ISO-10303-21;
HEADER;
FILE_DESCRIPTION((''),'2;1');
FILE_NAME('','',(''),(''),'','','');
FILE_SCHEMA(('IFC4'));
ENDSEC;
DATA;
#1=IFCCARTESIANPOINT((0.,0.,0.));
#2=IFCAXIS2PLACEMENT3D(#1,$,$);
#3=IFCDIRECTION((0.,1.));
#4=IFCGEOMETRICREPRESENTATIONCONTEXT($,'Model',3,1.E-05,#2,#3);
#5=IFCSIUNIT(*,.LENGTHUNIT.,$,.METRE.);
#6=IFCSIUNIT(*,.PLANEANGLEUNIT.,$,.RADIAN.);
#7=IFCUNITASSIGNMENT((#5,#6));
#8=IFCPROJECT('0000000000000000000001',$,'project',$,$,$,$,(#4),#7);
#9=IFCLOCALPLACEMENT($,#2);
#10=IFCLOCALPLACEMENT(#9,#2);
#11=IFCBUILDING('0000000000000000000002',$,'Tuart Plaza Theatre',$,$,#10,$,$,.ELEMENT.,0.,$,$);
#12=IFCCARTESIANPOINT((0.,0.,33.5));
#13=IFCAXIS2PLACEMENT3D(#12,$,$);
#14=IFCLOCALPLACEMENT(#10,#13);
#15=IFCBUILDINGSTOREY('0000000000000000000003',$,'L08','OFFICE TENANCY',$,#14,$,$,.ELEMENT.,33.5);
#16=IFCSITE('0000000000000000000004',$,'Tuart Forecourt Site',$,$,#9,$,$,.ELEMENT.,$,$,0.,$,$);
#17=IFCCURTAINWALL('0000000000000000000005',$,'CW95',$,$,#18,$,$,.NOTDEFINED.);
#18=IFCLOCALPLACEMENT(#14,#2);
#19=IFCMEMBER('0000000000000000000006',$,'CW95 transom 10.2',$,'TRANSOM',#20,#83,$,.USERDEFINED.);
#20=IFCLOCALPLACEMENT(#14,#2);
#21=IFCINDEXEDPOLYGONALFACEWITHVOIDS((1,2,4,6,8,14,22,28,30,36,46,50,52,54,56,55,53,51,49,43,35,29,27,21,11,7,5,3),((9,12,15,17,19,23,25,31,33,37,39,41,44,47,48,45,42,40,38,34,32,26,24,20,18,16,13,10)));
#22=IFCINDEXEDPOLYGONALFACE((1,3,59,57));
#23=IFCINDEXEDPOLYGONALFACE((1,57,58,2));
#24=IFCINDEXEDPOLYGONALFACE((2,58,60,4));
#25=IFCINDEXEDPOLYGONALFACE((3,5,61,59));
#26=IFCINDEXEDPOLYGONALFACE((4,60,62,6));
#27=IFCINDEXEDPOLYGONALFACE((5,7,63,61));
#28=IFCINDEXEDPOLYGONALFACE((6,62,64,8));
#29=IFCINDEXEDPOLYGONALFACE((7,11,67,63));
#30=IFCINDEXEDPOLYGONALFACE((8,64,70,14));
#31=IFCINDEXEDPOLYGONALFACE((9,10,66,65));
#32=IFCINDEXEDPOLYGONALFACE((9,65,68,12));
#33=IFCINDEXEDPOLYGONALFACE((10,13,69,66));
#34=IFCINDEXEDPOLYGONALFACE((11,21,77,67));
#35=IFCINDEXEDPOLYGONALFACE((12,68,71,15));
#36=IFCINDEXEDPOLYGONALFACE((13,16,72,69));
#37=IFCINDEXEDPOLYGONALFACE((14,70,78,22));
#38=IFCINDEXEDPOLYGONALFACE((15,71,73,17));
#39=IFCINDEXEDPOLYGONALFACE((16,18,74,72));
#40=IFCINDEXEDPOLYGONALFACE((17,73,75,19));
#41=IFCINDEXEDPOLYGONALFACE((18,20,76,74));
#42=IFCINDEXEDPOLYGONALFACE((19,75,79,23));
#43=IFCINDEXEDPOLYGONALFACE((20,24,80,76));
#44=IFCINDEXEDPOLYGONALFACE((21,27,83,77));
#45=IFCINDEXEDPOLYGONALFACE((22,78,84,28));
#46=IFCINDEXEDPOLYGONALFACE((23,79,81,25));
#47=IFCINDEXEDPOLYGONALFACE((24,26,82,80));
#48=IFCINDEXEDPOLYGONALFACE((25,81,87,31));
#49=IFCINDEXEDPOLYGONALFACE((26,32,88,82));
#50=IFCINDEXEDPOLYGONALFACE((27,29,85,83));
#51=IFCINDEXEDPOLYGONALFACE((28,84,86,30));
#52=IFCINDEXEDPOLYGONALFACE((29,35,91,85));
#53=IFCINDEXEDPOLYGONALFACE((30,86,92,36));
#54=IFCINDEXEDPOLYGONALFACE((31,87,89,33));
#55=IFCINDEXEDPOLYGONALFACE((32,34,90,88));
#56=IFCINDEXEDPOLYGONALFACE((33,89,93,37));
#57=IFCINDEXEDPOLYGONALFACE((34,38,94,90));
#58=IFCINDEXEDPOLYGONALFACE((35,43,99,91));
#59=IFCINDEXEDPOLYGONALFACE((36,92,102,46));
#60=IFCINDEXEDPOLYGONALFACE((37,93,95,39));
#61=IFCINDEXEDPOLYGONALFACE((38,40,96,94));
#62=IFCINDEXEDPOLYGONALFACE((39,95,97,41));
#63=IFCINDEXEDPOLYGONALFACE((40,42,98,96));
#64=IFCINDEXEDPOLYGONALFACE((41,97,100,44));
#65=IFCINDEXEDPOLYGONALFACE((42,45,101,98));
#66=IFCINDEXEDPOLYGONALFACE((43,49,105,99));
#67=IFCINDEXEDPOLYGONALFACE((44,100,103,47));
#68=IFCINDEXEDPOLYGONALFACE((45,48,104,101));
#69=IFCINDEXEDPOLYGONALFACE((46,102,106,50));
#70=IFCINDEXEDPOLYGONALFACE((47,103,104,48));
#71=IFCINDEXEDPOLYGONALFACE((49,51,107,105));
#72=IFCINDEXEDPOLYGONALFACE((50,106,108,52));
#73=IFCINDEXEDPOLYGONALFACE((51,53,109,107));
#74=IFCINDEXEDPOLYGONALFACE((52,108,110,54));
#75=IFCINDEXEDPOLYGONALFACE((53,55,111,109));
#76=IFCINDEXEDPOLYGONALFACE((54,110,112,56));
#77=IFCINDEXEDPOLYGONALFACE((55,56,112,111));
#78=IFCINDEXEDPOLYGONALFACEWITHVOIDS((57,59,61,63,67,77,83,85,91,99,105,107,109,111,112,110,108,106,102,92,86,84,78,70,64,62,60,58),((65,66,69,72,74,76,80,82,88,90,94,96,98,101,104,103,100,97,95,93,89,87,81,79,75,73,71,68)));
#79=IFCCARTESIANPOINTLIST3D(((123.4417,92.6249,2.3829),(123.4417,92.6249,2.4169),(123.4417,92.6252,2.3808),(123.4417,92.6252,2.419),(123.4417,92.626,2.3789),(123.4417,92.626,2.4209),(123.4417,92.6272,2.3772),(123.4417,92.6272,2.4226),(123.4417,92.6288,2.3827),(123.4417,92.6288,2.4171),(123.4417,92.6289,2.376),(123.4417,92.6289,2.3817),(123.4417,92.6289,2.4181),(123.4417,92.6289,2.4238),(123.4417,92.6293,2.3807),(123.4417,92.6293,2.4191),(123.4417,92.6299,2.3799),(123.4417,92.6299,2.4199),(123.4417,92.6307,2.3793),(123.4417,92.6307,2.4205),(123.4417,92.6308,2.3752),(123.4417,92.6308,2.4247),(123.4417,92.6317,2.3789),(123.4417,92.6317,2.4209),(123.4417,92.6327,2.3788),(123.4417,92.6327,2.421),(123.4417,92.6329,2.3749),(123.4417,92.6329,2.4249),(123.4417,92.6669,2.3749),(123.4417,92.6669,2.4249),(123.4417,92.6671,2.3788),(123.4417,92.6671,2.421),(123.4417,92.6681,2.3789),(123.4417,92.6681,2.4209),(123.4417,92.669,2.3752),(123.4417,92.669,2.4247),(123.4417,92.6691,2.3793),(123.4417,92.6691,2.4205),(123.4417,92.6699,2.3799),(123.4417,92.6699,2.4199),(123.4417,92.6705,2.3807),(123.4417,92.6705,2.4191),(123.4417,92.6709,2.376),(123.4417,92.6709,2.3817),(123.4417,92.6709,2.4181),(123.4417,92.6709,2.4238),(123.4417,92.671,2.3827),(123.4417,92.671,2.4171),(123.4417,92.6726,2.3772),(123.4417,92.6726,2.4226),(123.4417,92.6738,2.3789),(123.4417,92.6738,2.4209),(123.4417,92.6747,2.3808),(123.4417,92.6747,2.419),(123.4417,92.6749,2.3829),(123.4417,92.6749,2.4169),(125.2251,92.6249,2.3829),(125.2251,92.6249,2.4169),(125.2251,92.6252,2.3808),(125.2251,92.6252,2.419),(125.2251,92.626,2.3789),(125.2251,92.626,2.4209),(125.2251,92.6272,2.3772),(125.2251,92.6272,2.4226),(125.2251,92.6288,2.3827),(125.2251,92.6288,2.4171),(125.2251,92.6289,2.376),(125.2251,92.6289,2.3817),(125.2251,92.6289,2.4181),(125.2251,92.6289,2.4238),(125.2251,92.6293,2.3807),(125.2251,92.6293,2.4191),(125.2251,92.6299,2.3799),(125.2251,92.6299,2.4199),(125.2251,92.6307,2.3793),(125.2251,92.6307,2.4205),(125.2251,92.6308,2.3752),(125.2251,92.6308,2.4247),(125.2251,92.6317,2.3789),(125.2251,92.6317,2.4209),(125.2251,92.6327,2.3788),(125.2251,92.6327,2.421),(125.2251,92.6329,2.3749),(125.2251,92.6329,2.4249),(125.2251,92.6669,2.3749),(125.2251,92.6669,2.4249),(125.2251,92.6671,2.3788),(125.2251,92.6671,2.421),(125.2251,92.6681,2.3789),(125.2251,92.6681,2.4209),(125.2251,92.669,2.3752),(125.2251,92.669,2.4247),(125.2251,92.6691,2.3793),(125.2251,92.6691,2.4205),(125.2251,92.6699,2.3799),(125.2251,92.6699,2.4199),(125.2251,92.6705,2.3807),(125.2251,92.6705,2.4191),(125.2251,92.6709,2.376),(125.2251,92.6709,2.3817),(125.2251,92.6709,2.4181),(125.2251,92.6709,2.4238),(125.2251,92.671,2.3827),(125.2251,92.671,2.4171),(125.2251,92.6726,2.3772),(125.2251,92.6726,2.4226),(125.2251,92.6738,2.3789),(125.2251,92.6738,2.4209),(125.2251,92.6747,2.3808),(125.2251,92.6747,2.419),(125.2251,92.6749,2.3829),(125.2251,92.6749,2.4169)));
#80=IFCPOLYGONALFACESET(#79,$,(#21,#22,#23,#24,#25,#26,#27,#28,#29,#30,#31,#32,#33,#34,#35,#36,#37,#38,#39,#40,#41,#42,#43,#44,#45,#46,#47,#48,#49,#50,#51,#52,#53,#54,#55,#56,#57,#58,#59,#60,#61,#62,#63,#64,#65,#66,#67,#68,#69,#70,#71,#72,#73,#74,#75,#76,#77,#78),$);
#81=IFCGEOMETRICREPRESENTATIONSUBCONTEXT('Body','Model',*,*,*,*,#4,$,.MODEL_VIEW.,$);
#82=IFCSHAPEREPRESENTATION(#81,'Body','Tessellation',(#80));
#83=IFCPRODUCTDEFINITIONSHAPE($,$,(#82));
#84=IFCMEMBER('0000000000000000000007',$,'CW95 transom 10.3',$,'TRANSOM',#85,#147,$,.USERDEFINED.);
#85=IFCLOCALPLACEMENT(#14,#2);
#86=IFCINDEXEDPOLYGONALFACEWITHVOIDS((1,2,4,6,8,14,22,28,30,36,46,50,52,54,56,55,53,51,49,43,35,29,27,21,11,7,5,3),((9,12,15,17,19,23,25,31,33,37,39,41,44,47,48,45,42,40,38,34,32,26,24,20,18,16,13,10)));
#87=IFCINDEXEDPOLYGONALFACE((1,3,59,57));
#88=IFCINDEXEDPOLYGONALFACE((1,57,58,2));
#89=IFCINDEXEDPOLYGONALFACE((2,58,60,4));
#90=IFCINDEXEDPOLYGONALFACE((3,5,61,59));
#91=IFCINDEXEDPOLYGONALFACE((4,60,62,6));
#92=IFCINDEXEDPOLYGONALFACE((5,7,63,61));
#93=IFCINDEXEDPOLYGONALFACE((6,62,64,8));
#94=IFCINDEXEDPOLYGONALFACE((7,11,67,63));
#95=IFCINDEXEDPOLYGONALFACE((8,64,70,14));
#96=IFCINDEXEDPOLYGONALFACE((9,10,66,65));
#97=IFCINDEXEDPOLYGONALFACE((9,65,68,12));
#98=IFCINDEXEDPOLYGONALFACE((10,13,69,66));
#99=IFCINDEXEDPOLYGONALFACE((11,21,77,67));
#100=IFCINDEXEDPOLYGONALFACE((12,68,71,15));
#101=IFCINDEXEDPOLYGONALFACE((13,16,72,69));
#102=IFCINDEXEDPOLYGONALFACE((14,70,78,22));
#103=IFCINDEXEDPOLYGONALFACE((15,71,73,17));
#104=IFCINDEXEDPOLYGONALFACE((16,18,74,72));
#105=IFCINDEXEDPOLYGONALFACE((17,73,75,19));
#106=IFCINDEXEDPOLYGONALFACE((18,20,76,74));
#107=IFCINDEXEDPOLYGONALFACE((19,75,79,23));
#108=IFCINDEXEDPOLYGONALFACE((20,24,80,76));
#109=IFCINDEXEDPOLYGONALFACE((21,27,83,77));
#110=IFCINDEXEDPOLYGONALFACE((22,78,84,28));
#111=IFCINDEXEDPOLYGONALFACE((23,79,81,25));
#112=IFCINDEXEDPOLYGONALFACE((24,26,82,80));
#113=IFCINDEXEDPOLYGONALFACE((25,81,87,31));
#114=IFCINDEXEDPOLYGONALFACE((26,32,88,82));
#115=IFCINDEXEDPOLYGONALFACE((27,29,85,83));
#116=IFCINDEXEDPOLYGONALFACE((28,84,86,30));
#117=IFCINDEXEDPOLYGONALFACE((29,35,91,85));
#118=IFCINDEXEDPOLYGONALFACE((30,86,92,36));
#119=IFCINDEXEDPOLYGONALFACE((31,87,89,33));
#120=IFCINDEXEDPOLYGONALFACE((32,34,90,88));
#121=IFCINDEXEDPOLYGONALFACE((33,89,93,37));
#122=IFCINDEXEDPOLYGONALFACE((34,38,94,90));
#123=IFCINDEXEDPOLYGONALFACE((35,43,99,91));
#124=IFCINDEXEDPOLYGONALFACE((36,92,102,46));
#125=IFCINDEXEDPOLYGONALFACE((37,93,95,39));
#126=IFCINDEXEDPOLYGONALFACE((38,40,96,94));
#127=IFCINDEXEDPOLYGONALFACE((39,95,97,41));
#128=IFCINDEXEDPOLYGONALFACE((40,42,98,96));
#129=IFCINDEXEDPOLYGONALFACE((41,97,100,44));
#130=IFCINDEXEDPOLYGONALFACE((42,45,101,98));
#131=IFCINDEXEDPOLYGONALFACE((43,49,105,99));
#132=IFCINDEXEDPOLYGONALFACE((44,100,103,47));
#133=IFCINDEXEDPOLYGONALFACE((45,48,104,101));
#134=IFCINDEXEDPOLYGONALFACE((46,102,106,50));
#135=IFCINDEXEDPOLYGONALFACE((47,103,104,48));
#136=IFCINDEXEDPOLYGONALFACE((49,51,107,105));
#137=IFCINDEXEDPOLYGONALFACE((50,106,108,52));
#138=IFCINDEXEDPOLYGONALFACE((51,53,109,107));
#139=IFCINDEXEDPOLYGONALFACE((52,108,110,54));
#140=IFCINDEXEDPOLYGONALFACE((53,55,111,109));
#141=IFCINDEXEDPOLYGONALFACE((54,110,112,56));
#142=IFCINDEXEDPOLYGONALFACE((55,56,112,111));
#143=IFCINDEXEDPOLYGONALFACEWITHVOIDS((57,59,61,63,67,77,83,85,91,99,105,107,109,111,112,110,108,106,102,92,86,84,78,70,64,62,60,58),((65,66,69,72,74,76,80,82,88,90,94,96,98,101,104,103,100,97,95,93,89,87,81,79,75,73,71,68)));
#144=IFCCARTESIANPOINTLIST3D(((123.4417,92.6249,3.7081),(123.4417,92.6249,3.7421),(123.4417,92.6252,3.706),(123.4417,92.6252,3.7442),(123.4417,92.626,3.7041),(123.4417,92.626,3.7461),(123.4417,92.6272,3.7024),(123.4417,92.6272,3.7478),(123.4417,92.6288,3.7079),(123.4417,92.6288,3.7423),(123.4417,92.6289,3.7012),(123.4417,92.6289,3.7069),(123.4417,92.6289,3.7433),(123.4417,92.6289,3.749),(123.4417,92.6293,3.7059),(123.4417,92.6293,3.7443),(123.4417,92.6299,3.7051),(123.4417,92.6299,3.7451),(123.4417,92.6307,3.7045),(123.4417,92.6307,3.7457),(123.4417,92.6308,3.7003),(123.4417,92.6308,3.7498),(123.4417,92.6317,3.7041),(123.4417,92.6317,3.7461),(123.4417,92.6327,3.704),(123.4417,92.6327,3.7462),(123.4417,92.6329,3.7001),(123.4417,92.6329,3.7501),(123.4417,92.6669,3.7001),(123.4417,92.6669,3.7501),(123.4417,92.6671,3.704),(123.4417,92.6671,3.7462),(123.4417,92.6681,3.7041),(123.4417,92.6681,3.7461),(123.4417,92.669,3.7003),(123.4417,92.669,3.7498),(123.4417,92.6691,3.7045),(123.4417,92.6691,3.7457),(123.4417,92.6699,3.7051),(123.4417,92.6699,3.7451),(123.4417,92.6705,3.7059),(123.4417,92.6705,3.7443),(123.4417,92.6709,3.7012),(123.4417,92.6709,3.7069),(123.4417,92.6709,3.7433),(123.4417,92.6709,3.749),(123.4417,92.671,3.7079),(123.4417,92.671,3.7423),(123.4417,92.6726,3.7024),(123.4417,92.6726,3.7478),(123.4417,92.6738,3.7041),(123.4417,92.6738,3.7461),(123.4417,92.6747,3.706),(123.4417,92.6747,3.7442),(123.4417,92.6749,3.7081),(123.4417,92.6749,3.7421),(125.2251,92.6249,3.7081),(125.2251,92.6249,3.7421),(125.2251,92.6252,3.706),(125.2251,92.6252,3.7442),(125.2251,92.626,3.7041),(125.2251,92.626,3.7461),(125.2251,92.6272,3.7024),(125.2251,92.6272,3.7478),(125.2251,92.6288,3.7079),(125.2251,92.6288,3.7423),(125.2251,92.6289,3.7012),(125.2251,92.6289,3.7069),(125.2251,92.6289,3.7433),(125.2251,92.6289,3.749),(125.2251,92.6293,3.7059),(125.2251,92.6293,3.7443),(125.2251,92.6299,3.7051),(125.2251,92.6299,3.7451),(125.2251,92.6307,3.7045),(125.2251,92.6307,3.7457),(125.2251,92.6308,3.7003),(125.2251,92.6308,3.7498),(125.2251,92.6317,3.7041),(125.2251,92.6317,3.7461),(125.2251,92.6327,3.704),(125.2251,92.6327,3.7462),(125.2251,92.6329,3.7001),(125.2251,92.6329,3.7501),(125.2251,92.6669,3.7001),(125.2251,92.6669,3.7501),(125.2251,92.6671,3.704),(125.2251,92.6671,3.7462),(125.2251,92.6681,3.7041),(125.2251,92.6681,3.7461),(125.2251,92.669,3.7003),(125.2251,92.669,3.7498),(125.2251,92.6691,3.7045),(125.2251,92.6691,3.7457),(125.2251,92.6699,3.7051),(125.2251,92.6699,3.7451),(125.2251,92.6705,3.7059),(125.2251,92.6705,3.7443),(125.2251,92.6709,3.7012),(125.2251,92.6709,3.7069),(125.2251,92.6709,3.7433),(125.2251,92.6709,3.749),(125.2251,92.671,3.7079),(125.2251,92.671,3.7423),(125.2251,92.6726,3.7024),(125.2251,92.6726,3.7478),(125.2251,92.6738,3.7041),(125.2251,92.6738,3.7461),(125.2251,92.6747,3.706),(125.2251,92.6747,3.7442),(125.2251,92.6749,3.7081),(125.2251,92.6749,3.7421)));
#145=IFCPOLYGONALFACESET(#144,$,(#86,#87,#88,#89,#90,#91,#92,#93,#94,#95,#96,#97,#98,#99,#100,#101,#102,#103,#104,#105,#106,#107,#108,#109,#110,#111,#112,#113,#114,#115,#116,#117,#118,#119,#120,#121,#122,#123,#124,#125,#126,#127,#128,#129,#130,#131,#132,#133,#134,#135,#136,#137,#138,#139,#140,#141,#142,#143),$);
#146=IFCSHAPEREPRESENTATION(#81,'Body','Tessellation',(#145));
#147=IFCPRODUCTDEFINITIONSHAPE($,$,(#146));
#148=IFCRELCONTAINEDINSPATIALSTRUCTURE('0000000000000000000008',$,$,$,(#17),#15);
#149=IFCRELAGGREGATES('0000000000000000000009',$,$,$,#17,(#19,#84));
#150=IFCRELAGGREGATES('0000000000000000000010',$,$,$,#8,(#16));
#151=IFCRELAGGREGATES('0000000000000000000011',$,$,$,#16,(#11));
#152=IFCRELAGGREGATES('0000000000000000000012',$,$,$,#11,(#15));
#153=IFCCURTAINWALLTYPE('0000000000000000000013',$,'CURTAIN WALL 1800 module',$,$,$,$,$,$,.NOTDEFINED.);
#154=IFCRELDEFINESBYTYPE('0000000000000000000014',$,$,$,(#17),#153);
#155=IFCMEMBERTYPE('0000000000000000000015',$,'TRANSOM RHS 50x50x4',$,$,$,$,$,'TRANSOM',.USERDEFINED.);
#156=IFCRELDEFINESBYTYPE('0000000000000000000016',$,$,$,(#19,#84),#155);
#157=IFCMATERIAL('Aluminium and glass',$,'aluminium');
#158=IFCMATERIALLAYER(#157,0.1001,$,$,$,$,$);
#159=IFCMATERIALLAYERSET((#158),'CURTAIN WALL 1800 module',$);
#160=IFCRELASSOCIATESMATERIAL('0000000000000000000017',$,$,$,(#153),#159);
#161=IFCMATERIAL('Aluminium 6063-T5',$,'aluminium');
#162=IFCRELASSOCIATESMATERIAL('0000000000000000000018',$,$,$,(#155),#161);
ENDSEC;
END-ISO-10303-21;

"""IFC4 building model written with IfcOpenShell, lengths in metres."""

from ifc_helpers import new_model, si_unit, direction, frame, origin, origin_2d, place, context, subcontext, project, spatial, hollow_rectangle, extrude, material, layer, layer_set, material_profile, profile_set, type_object, element, aggregate, save


model = new_model("IFC4")

# Units and contexts
model_context = context("Model", 3, precision=1e-05, world=origin(), true_north=direction((0.0, 1.0)))
body_context = subcontext(model_context, "Body", "Model", "MODEL_VIEW")
ifc_project = project(units=[si_unit("LENGTHUNIT", "METRE"), si_unit("PLANEANGLEUNIT", "RADIAN")], contexts=[model_context])

# Site, building, storey
site_placement = place(None, origin())
site = spatial("IfcSite", under=ifc_project, at=site_placement, Name="Tuart Forecourt Site", CompositionType="ELEMENT", RefElevation=0.0)
building_placement = place(site_placement, origin())
building = spatial("IfcBuilding", under=site, at=building_placement, Name="Tuart Plaza Theatre", CompositionType="ELEMENT", ElevationOfRefHeight=0.0)
storey_placement = place(building_placement, frame((0.0, 0.0, 33.5)))
storey = spatial("IfcBuildingStorey", under=building, at=storey_placement, Name="L08", Description="OFFICE TENANCY", CompositionType="ELEMENT", Elevation=33.5)

# Curtain wall, members
ifc_material_1 = material(Name="Aluminium and glass", Category="aluminium")
ifc_layer_1 = layer(ifc_material_1, 0.1001)
ifc_layer_set_1 = layer_set([ifc_layer_1], Name="CURTAIN WALL 1800 module")
curtain_wall_type = type_object("IfcCurtainWallType", Name="CURTAIN WALL 1800 module", PredefinedType="NOTDEFINED", material=ifc_layer_set_1)
curtain_wall_placement = place(storey_placement, origin())
curtain_wall = element("IfcCurtainWall", 1, at=curtain_wall_placement, inside=storey, type_object=curtain_wall_type, Name="CW95", PredefinedType="NOTDEFINED")
ifc_material_2 = material(Name="Aluminium 6063-T5", Category="aluminium")
ifc_material_profile_1 = material_profile(ifc_material_2, hollow_rectangle(XDim=0.05, YDim=0.05, WallThickness=0.0039, InnerFilletRadius=0.0039, OuterFilletRadius=0.0081, at=origin_2d()), Name="RHS 50x50x4")
ifc_profile_set_1 = profile_set([ifc_material_profile_1], Name="Aluminium 6063-T5")
member_type_1 = type_object("IfcMemberType", Name="TRANSOM RHS 50x50x4", ElementType="TRANSOM", PredefinedType="USERDEFINED", material=ifc_profile_set_1)
member_1_placement = place(storey_placement, frame((125.2251, 92.6499, 2.3999), z_axis=(-1.0, 0.0, 0.0), x_axis=(0.0, -1.0, 0.0)))
member_1 = element("IfcMember", 2, at=member_1_placement, type_object=member_type_1, Name="CW95 transom 10.2", ObjectType="TRANSOM", PredefinedType="USERDEFINED", context=body_context, shape_type="SweptSolid", body=[
    extrude(hollow_rectangle(XDim=0.05, YDim=0.05, WallThickness=0.0039, InnerFilletRadius=0.0039, OuterFilletRadius=0.0081, at=origin_2d()), origin(), (0.0, 0.0, 1.0), 1.7834),
])
member_2_placement = place(storey_placement, frame((125.2251, 92.6499, 3.7251), z_axis=(-1.0, 0.0, 0.0), x_axis=(0.0, -1.0, 0.0)))
member_2 = element("IfcMember", 3, at=member_2_placement, type_object=member_type_1, Name="CW95 transom 10.3", ObjectType="TRANSOM", PredefinedType="USERDEFINED", context=body_context, shape_type="SweptSolid", body=[
    extrude(hollow_rectangle(XDim=0.05, YDim=0.05, WallThickness=0.0039, InnerFilletRadius=0.0039, OuterFilletRadius=0.0081, at=origin_2d()), origin(), (0.0, 0.0, 1.0), 1.7834),
])
aggregate(curtain_wall, [member_1, member_2])

save(model, "model.ifc")
